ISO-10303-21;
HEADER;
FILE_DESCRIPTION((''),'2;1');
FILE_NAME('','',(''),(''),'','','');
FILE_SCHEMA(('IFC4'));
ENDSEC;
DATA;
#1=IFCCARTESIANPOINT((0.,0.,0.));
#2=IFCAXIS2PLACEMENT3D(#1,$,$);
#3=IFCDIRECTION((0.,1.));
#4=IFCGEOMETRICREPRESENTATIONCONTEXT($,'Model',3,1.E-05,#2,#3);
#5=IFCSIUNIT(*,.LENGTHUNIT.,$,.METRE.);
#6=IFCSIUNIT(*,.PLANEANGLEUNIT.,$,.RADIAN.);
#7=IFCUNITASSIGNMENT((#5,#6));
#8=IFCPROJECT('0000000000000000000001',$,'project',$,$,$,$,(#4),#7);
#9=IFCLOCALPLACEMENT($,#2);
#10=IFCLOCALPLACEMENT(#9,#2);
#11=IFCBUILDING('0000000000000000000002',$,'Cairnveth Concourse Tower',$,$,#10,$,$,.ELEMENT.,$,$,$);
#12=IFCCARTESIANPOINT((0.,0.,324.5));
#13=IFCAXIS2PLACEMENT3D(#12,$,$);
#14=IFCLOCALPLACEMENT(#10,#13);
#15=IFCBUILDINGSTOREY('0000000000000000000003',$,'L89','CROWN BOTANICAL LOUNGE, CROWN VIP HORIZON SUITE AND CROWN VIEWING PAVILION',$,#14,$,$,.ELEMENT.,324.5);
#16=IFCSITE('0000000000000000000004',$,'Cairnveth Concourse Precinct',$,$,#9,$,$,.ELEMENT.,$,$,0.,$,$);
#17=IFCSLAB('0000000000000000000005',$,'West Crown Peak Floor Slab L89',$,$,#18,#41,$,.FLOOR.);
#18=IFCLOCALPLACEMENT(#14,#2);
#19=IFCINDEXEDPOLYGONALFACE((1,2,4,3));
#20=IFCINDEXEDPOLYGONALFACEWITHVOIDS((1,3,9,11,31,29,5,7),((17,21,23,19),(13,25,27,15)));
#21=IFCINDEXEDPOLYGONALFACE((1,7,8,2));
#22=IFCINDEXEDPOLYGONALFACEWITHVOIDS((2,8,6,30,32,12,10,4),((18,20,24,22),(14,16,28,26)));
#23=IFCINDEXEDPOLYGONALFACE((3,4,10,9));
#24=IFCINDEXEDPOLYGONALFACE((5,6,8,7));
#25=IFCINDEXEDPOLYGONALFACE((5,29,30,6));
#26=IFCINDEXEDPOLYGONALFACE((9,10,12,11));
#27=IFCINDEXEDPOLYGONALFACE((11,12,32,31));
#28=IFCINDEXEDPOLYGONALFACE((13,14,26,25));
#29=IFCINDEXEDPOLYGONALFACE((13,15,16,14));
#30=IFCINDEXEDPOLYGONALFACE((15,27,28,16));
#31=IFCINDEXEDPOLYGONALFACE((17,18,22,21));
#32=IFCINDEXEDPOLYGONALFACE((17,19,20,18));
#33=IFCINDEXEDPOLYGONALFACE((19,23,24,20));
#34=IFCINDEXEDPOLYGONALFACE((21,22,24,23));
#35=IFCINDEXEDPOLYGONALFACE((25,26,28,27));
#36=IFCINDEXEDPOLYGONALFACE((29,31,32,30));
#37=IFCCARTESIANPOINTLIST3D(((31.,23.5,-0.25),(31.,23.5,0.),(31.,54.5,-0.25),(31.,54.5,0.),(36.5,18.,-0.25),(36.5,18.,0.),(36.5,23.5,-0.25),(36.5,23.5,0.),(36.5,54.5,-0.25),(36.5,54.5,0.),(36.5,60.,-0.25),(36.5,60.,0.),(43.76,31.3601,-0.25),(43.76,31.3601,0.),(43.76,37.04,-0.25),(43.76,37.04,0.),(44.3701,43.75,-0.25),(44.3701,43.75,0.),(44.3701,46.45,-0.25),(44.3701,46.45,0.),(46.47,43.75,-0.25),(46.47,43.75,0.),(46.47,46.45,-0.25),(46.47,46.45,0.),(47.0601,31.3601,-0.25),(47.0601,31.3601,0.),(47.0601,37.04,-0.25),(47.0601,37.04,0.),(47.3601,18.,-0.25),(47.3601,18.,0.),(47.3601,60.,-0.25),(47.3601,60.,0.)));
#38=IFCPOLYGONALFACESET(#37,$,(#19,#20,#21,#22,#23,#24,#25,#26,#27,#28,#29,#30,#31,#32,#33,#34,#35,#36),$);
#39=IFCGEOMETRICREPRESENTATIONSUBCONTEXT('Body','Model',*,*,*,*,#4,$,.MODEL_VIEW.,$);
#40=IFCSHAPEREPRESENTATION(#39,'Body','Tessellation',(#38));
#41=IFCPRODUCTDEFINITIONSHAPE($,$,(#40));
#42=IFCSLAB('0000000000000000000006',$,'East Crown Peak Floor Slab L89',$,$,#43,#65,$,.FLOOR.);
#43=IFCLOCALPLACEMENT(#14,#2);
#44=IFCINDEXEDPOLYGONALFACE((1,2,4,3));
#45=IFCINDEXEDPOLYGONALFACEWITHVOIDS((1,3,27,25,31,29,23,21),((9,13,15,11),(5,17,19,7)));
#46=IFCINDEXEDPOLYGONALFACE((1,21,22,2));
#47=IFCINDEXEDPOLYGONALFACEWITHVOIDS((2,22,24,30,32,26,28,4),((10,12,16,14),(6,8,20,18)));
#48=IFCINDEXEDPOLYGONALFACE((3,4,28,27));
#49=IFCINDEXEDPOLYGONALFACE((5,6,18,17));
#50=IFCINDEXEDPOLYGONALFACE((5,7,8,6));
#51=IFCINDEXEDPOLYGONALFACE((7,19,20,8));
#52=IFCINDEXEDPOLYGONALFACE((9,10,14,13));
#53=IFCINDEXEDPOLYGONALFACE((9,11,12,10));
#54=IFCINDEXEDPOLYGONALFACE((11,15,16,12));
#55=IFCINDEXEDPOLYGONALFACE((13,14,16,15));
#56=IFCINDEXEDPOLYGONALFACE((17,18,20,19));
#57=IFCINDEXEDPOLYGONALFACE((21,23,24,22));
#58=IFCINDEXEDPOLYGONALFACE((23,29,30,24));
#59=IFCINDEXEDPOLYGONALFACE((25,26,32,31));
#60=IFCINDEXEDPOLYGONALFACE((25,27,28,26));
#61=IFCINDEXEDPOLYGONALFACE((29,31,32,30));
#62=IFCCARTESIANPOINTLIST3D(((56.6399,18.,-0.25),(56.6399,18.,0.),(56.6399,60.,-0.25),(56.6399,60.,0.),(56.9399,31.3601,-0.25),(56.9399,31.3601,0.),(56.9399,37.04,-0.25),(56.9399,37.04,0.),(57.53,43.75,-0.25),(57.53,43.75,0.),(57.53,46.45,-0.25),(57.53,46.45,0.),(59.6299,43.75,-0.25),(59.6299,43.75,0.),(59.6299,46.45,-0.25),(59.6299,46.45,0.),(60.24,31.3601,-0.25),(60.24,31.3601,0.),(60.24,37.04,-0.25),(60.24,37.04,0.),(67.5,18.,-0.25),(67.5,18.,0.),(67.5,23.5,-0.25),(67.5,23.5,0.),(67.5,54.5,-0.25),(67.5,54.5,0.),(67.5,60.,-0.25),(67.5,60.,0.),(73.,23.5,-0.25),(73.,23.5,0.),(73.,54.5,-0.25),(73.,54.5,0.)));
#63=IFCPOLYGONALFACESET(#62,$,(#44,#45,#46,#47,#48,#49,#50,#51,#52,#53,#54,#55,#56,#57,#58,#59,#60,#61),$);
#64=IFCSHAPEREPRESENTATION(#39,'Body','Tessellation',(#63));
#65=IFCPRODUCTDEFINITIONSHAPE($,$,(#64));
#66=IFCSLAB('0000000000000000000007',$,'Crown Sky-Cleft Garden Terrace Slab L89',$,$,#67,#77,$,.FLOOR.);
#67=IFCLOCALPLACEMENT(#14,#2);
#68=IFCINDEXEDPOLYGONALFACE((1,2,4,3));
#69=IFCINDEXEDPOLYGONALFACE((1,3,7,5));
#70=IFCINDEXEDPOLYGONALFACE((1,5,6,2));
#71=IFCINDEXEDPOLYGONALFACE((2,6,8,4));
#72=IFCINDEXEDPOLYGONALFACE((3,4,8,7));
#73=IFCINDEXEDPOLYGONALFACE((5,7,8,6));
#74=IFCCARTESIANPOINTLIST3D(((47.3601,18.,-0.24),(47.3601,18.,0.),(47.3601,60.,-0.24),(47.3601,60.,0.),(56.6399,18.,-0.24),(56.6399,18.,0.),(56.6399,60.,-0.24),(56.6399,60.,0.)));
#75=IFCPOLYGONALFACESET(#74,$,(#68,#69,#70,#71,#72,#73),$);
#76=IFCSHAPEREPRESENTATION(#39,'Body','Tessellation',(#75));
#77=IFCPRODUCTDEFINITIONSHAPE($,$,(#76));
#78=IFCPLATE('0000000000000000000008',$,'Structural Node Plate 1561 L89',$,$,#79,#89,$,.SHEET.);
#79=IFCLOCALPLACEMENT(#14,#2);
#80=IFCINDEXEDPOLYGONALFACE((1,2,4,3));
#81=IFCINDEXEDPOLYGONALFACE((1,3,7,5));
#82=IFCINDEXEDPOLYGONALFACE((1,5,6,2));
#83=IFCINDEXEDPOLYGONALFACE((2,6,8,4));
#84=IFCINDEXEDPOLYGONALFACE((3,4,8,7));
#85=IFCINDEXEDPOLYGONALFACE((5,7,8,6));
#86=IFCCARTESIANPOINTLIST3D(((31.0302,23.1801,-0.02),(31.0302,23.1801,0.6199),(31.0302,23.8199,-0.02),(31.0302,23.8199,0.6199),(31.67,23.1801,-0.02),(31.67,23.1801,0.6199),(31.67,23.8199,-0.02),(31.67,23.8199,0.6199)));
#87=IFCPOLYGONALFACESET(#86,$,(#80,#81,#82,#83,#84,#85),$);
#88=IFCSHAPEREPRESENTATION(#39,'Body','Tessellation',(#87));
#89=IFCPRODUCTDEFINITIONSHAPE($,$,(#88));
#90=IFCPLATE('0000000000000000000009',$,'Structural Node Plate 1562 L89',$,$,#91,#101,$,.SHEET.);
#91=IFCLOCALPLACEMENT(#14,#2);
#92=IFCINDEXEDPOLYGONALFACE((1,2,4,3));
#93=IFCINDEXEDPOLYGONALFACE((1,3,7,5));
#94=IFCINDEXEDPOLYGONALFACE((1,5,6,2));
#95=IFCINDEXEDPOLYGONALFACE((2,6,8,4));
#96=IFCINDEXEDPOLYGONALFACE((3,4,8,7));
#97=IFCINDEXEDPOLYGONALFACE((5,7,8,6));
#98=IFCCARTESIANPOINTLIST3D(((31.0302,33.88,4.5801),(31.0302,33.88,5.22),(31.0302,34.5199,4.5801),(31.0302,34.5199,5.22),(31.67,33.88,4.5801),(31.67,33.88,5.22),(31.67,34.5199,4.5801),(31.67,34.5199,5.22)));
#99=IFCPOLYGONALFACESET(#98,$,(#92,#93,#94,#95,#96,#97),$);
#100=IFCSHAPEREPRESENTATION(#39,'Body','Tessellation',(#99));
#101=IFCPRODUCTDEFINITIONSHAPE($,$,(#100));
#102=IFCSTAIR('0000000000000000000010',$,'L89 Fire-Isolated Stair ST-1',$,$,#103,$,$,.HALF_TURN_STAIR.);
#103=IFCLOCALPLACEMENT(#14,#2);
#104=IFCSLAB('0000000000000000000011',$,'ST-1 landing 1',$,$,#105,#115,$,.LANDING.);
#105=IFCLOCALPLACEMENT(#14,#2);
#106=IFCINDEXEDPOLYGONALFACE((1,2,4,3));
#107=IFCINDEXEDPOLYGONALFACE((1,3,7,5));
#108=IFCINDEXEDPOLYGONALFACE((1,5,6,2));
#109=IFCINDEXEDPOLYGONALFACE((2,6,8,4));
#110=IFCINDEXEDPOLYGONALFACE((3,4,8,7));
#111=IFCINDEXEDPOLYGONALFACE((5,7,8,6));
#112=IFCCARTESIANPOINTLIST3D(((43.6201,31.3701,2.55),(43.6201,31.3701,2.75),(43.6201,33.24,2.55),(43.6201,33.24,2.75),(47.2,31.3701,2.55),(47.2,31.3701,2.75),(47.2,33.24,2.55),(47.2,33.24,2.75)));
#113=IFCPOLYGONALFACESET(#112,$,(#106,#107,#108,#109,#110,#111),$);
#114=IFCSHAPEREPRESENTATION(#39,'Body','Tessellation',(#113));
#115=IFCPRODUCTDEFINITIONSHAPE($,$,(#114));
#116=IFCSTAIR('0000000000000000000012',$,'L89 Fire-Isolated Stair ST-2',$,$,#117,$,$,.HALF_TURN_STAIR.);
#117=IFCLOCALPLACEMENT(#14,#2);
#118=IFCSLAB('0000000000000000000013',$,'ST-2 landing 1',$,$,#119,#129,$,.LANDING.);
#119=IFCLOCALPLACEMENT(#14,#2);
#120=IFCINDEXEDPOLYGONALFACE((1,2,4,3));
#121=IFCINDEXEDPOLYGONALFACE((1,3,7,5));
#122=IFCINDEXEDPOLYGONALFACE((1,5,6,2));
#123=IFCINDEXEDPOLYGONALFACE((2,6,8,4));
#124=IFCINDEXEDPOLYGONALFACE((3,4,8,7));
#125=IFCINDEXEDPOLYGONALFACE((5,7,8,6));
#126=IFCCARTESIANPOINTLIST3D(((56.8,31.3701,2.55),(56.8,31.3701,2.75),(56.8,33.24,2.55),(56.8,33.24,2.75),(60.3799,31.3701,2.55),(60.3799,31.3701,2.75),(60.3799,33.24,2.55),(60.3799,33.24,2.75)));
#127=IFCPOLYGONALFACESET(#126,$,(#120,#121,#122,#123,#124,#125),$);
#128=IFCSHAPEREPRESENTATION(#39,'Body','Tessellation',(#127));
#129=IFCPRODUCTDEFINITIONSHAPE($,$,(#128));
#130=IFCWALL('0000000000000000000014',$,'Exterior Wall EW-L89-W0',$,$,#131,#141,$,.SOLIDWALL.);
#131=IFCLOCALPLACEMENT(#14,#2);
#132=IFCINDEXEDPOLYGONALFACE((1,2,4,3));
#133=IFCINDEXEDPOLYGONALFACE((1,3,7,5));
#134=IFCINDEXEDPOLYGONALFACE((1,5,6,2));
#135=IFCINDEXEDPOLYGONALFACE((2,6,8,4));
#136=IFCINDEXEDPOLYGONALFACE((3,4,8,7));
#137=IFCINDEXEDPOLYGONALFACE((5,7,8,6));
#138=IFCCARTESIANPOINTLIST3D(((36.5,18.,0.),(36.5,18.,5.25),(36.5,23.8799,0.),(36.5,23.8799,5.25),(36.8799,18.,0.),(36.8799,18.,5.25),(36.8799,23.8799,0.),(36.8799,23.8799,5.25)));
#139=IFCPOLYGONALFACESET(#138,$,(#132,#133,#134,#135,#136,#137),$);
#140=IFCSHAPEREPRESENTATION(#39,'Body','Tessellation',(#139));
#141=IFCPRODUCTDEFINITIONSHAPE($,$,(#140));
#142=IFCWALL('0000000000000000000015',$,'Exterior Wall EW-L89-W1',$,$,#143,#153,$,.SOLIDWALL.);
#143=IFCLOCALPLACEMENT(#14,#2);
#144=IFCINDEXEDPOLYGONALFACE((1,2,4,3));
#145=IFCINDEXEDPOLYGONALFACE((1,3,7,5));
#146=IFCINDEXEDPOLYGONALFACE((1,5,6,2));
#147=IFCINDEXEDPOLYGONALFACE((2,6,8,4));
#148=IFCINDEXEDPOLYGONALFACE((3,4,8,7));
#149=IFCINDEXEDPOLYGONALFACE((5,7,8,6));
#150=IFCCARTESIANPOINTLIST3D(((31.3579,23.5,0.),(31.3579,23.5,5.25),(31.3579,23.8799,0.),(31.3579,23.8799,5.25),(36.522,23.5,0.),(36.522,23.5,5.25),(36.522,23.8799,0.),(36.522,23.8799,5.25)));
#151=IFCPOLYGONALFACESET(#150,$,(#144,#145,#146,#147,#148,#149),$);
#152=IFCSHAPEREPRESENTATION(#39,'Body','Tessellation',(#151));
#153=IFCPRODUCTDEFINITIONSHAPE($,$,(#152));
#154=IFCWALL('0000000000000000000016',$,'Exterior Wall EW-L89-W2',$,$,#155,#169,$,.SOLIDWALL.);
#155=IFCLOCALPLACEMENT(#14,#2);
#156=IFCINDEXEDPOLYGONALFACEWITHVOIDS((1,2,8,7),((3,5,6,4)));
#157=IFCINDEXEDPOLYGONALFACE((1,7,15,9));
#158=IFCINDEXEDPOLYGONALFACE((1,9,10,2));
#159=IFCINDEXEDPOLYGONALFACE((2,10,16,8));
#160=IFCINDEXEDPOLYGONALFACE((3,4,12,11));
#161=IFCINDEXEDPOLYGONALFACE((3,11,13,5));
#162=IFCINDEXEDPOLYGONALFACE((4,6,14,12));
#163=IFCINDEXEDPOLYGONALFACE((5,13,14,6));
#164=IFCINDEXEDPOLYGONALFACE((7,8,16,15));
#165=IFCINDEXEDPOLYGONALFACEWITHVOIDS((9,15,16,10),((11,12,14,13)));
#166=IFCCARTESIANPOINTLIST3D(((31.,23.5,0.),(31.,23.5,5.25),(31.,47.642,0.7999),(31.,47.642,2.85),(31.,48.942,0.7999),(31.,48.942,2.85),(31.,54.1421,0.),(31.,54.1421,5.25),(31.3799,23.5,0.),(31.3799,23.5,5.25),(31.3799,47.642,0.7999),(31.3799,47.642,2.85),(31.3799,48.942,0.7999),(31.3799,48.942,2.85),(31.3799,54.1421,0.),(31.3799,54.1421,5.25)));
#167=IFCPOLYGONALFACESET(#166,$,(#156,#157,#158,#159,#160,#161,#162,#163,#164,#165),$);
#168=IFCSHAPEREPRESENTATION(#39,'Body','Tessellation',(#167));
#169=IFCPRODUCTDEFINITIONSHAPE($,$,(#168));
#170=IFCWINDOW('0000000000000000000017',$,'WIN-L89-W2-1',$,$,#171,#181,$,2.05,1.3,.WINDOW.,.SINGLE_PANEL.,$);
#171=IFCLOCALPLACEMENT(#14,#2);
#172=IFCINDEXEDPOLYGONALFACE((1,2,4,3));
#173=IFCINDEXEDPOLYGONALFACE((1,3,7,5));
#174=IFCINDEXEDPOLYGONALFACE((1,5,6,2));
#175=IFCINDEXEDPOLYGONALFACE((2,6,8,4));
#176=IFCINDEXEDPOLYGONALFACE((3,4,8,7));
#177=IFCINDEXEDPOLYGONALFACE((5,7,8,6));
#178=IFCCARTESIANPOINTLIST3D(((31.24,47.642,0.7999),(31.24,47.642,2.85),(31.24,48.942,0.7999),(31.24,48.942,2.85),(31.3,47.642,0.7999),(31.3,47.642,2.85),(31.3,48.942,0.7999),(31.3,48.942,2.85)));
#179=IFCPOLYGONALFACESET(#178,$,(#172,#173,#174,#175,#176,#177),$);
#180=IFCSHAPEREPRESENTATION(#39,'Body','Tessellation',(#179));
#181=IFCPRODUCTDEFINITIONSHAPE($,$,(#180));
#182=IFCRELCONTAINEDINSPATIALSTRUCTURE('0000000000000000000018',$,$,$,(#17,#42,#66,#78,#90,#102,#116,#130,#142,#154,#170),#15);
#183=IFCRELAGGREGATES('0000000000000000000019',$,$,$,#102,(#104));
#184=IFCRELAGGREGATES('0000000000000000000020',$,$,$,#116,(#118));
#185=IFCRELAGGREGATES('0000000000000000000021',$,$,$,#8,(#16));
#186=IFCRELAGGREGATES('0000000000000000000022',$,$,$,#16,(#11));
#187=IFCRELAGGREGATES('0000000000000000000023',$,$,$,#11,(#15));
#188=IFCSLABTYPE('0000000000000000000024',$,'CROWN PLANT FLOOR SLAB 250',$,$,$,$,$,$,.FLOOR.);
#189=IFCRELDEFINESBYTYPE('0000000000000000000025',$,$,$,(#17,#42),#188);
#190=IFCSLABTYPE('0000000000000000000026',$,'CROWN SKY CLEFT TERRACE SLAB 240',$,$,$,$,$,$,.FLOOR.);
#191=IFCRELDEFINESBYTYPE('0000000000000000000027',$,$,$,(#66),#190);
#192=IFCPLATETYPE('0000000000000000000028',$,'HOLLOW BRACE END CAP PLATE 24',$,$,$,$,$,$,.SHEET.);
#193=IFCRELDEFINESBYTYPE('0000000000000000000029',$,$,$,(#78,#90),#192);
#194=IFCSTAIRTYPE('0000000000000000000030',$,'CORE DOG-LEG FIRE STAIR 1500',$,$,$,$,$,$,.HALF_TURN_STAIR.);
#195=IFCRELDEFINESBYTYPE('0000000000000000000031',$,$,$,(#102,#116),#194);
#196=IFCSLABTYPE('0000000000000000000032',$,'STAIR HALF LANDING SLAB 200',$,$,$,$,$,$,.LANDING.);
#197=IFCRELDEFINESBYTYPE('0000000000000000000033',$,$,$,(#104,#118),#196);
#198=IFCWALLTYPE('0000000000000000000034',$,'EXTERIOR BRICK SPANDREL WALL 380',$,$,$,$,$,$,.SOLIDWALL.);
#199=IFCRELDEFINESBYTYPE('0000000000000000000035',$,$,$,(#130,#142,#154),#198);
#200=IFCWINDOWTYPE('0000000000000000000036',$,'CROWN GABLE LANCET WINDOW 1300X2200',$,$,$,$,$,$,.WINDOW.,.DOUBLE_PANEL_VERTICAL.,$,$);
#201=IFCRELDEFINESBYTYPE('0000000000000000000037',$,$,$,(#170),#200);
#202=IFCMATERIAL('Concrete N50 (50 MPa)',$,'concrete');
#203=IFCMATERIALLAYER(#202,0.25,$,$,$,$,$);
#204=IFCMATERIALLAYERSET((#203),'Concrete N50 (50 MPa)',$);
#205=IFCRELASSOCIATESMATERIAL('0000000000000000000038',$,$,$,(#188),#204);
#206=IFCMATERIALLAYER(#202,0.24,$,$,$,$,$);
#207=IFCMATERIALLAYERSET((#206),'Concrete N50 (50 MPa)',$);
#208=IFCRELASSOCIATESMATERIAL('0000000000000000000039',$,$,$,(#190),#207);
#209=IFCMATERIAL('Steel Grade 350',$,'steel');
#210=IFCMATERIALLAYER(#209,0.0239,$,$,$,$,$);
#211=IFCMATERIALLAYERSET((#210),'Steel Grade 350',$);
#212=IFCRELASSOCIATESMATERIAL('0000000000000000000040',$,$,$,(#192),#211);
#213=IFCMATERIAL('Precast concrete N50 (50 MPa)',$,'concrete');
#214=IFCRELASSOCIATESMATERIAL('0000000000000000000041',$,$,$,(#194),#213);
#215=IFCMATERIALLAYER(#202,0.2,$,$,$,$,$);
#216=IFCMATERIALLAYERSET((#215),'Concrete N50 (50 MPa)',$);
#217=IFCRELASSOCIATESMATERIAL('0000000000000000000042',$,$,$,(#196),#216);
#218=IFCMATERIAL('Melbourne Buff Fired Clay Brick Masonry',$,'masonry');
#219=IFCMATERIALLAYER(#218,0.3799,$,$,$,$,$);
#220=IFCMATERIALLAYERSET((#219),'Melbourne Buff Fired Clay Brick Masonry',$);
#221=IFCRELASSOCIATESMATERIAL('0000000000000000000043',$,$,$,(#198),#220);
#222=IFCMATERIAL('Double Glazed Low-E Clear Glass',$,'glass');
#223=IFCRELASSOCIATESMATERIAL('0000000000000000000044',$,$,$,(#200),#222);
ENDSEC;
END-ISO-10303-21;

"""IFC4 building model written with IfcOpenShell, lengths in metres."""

from ifc_helpers import new_model, si_unit, direction, frame, frame_2d, origin, origin_2d, place, context, subcontext, project, spatial, polyline, rectangle, outline, extrude, material, layer, layer_set, type_object, element, fill, aggregate, save


model = new_model("IFC4")

# Units and contexts
model_context = context("Model", 3, precision=1e-05, world=origin(), true_north=direction((0.0, 1.0)))
body_context = subcontext(model_context, "Body", "Model", "MODEL_VIEW")
ifc_project = project(units=[si_unit("LENGTHUNIT", "METRE"), si_unit("PLANEANGLEUNIT", "RADIAN")], contexts=[model_context])

# Site, building, storey
site_placement = place(None, origin())
site = spatial("IfcSite", under=ifc_project, at=site_placement, Name="Cairnveth Concourse Precinct", CompositionType="ELEMENT", RefElevation=0.0)
building_placement = place(site_placement, origin())
building = spatial("IfcBuilding", under=site, at=building_placement, Name="Cairnveth Concourse Tower", CompositionType="ELEMENT")
storey_placement = place(building_placement, frame((0.0, 0.0, 324.5)))
storey = spatial("IfcBuildingStorey", under=building, at=storey_placement, Name="L89", Description="CROWN BOTANICAL LOUNGE, CROWN VIP HORIZON SUITE AND CROWN VIEWING PAVILION", CompositionType="ELEMENT", Elevation=324.5)

# Shared definitions
ifc_material_1 = material(Name="Steel Grade 350", Category="steel")

# Slabs
ifc_material_2 = material(Name="Concrete N50 (50 MPa)", Category="concrete")
ifc_layer_1 = layer(ifc_material_2, 0.25)
ifc_layer_set_1 = layer_set([ifc_layer_1], Name="Concrete N50 (50 MPa)")
slab_type_1 = type_object("IfcSlabType", Name="CROWN PLANT FLOOR SLAB 250", PredefinedType="FLOOR", material=ifc_layer_set_1)
slab_1_placement = place(storey_placement, frame((0.0, 0.0, -0.25)))
element("IfcSlab", 1, at=slab_1_placement, inside=storey, type_object=slab_type_1, Name="West Crown Peak Floor Slab L89", PredefinedType="FLOOR", context=body_context, shape_type="SweptSolid", body=[
    extrude(outline(polyline([(36.5, 18.0), (47.3601, 18.0), (47.3601, 60.0), (36.5, 60.0), (36.5, 54.5), (31.0, 54.5), (31.0, 23.5), (36.5, 23.5), (36.5, 18.0)]), holes=[polyline([(43.76, 31.3601), (47.0601, 31.3601), (47.0601, 37.04), (43.76, 37.04), (43.76, 31.3601)]), polyline([(44.3701, 43.75), (46.47, 43.75), (46.47, 46.45), (44.3701, 46.45), (44.3701, 43.75)])]), origin(), (0.0, 0.0, 1.0), 0.25),
])
slab_2_placement = place(storey_placement, frame((0.0, 0.0, -0.25)))
element("IfcSlab", 2, at=slab_2_placement, inside=storey, type_object=slab_type_1, Name="East Crown Peak Floor Slab L89", PredefinedType="FLOOR", context=body_context, shape_type="SweptSolid", body=[
    extrude(outline(polyline([(56.6399, 18.0), (67.5, 18.0), (67.5, 23.5), (73.0, 23.5), (73.0, 54.5), (67.5, 54.5), (67.5, 60.0), (56.6399, 60.0), (56.6399, 18.0)]), holes=[polyline([(56.9399, 31.3601), (60.24, 31.3601), (60.24, 37.04), (56.9399, 37.04), (56.9399, 31.3601)]), polyline([(57.53, 43.75), (59.6299, 43.75), (59.6299, 46.45), (57.53, 46.45), (57.53, 43.75)])]), origin(), (0.0, 0.0, 1.0), 0.25),
])
ifc_layer_2 = layer(ifc_material_2, 0.24)
ifc_layer_set_2 = layer_set([ifc_layer_2], Name="Concrete N50 (50 MPa)")
slab_type_2 = type_object("IfcSlabType", Name="CROWN SKY CLEFT TERRACE SLAB 240", PredefinedType="FLOOR", material=ifc_layer_set_2)
slab_3_placement = place(storey_placement, frame((0.0, 0.0, -0.24)))
element("IfcSlab", 3, at=slab_3_placement, inside=storey, type_object=slab_type_2, Name="Crown Sky-Cleft Garden Terrace Slab L89", PredefinedType="FLOOR", context=body_context, shape_type="SweptSolid", body=[
    extrude(outline(polyline([(47.3601, 18.0), (56.6399, 18.0), (56.6399, 60.0), (47.3601, 60.0), (47.3601, 18.0)])), origin(), (0.0, 0.0, 1.0), 0.24),
])

# Plates
ifc_layer_3 = layer(ifc_material_1, 0.0239)
ifc_layer_set_3 = layer_set([ifc_layer_3], Name="Steel Grade 350")
plate_type = type_object("IfcPlateType", Name="HOLLOW BRACE END CAP PLATE 24", PredefinedType="SHEET", material=ifc_layer_set_3)
for number, where, z_axis, x_axis, name in (
    (4, (31.3501, 23.5, -0.02), (0.0, 0.0, 1.0), (1.0, 0.0, 0.0), "Structural Node Plate 1561 L89"),
    (5, (31.3501, 34.2, 4.5801), (0.0, 0.0, 1.0), (1.0, 0.0, 0.0), "Structural Node Plate 1562 L89"),
):
    element("IfcPlate", number, at=place(storey_placement, frame(where, z_axis=z_axis, x_axis=x_axis)), inside=storey, type_object=plate_type, Name=name, PredefinedType="SHEET", context=body_context, shape_type="SweptSolid", body=[
        extrude(rectangle(XDim=0.6399, YDim=0.6399, at=origin_2d()), origin(), (0.0, 0.0, 1.0), 0.6399),
    ])

# Stairs, slabs
ifc_material_3 = material(Name="Precast concrete N50 (50 MPa)", Category="concrete")
stair_type = type_object("IfcStairType", Name="CORE DOG-LEG FIRE STAIR 1500", PredefinedType="HALF_TURN_STAIR", material=ifc_material_3)
stair_1_placement = place(storey_placement, origin())
stair_1 = element("IfcStair", 6, at=stair_1_placement, inside=storey, type_object=stair_type, Name="L89 Fire-Isolated Stair ST-1", PredefinedType="HALF_TURN_STAIR")
ifc_layer_4 = layer(ifc_material_2, 0.2)
ifc_layer_set_4 = layer_set([ifc_layer_4], Name="Concrete N50 (50 MPa)")
slab_type_3 = type_object("IfcSlabType", Name="STAIR HALF LANDING SLAB 200", PredefinedType="LANDING", material=ifc_layer_set_4)
slab_4_placement = place(storey_placement, frame((0.0, 0.0, 2.55)))
slab_4 = element("IfcSlab", 7, at=slab_4_placement, type_object=slab_type_3, Name="ST-1 landing 1", PredefinedType="LANDING", context=body_context, shape_type="SweptSolid", body=[
    extrude(outline(polyline([(43.6201, 33.24), (43.6201, 31.3701), (47.2, 31.3701), (47.2, 33.24), (43.6201, 33.24)])), origin(), (0.0, 0.0, 1.0), 0.2),
])
aggregate(stair_1, [slab_4])
stair_2_placement = place(storey_placement, origin())
stair_2 = element("IfcStair", 8, at=stair_2_placement, inside=storey, type_object=stair_type, Name="L89 Fire-Isolated Stair ST-2", PredefinedType="HALF_TURN_STAIR")
slab_5_placement = place(storey_placement, frame((0.0, 0.0, 2.55)))
slab_5 = element("IfcSlab", 9, at=slab_5_placement, type_object=slab_type_3, Name="ST-2 landing 1", PredefinedType="LANDING", context=body_context, shape_type="SweptSolid", body=[
    extrude(outline(polyline([(56.8, 33.24), (56.8, 31.3701), (60.3799, 31.3701), (60.3799, 33.24), (56.8, 33.24)])), origin(), (0.0, 0.0, 1.0), 0.2),
])
aggregate(stair_2, [slab_5])

# Walls
ifc_material_4 = material(Name="Melbourne Buff Fired Clay Brick Masonry", Category="masonry")
ifc_layer_5 = layer(ifc_material_4, 0.3799)
ifc_layer_set_5 = layer_set([ifc_layer_5], Name="Melbourne Buff Fired Clay Brick Masonry")
wall_type_1 = type_object("IfcWallType", Name="EXTERIOR BRICK SPANDREL WALL 380", PredefinedType="SOLIDWALL", material=ifc_layer_set_5)
wall_1_placement = place(storey_placement, frame((36.6899, 18.0, 0.0), z_axis=(0.0, 0.0, 1.0), x_axis=(0.0, 1.0, 0.0)))
element("IfcWall", 10, at=wall_1_placement, inside=storey, type_object=wall_type_1, Name="Exterior Wall EW-L89-W0", PredefinedType="SOLIDWALL", context=body_context, shape_type="SweptSolid", body=[
    extrude(rectangle(XDim=5.8799, YDim=0.3799, at=frame_2d((2.9399, 0.0))), origin(), (0.0, 0.0, 1.0), 5.25),
])
wall_2_placement = place(storey_placement, frame((36.522, 23.6899, 0.0), z_axis=(0.0, 0.0, 1.0), x_axis=(-1.0, 0.0, 0.0)))
element("IfcWall", 11, at=wall_2_placement, inside=storey, type_object=wall_type_1, Name="Exterior Wall EW-L89-W1", PredefinedType="SOLIDWALL", context=body_context, shape_type="SweptSolid", body=[
    extrude(rectangle(XDim=5.1641, YDim=0.3799, at=frame_2d((2.582, 0.0))), origin(), (0.0, 0.0, 1.0), 5.25),
])

# Wall, opening, window
wall_3_placement = place(storey_placement, frame((31.1899, 23.5, 0.0), z_axis=(0.0, 0.0, 1.0), x_axis=(0.0, 1.0, 0.0)))
wall_3 = element("IfcWall", 12, at=wall_3_placement, inside=storey, type_object=wall_type_1, Name="Exterior Wall EW-L89-W2", PredefinedType="SOLIDWALL", context=body_context, shape_type="SweptSolid", body=[
    extrude(rectangle(XDim=30.6421, YDim=0.3799, at=frame_2d((15.321, 0.0))), origin(), (0.0, 0.0, 1.0), 5.25),
])
opening_1_placement = place(wall_3_placement, frame((24.1421, 0.0, 0.8)))
opening_1 = element("IfcOpeningElement", 13, at=opening_1_placement, cuts=wall_3, PredefinedType="OPENING", context=body_context, shape_type="SweptSolid", body=[
    extrude(rectangle(XDim=1.3, YDim=2.05, at=frame_2d((0.6499, 1.0249))), frame((0.0, 0.2, 0.0), z_axis=(0.0, -1.0, 0.0), x_axis=(1.0, 0.0, 0.0)), (0.0, 0.0, 1.0), 0.3999),
])
ifc_material_5 = material(Name="Double Glazed Low-E Clear Glass", Category="glass")
window_type = type_object("IfcWindowType", Name="CROWN GABLE LANCET WINDOW 1300X2200", PartitioningType="DOUBLE_PANEL_VERTICAL", PredefinedType="WINDOW", material=ifc_material_5)
window_placement = place(opening_1_placement, origin())
window = element("IfcWindow", 14, at=window_placement, inside=storey, type_object=window_type, Name="WIN-L89-W2-1", OverallHeight=2.05, OverallWidth=1.3, PartitioningType="SINGLE_PANEL", PredefinedType="WINDOW", context=body_context, shape_type="SweptSolid", body=[
    extrude(rectangle(XDim=1.3, YDim=2.05, at=frame_2d((0.6499, 1.0249))), frame((0.0, -0.05, 0.0), z_axis=(0.0, -1.0, 0.0), x_axis=(1.0, 0.0, 0.0)), (0.0, 0.0, 1.0), 0.0601),
])
fill(opening_1, window)

save(model, "model.ifc")
